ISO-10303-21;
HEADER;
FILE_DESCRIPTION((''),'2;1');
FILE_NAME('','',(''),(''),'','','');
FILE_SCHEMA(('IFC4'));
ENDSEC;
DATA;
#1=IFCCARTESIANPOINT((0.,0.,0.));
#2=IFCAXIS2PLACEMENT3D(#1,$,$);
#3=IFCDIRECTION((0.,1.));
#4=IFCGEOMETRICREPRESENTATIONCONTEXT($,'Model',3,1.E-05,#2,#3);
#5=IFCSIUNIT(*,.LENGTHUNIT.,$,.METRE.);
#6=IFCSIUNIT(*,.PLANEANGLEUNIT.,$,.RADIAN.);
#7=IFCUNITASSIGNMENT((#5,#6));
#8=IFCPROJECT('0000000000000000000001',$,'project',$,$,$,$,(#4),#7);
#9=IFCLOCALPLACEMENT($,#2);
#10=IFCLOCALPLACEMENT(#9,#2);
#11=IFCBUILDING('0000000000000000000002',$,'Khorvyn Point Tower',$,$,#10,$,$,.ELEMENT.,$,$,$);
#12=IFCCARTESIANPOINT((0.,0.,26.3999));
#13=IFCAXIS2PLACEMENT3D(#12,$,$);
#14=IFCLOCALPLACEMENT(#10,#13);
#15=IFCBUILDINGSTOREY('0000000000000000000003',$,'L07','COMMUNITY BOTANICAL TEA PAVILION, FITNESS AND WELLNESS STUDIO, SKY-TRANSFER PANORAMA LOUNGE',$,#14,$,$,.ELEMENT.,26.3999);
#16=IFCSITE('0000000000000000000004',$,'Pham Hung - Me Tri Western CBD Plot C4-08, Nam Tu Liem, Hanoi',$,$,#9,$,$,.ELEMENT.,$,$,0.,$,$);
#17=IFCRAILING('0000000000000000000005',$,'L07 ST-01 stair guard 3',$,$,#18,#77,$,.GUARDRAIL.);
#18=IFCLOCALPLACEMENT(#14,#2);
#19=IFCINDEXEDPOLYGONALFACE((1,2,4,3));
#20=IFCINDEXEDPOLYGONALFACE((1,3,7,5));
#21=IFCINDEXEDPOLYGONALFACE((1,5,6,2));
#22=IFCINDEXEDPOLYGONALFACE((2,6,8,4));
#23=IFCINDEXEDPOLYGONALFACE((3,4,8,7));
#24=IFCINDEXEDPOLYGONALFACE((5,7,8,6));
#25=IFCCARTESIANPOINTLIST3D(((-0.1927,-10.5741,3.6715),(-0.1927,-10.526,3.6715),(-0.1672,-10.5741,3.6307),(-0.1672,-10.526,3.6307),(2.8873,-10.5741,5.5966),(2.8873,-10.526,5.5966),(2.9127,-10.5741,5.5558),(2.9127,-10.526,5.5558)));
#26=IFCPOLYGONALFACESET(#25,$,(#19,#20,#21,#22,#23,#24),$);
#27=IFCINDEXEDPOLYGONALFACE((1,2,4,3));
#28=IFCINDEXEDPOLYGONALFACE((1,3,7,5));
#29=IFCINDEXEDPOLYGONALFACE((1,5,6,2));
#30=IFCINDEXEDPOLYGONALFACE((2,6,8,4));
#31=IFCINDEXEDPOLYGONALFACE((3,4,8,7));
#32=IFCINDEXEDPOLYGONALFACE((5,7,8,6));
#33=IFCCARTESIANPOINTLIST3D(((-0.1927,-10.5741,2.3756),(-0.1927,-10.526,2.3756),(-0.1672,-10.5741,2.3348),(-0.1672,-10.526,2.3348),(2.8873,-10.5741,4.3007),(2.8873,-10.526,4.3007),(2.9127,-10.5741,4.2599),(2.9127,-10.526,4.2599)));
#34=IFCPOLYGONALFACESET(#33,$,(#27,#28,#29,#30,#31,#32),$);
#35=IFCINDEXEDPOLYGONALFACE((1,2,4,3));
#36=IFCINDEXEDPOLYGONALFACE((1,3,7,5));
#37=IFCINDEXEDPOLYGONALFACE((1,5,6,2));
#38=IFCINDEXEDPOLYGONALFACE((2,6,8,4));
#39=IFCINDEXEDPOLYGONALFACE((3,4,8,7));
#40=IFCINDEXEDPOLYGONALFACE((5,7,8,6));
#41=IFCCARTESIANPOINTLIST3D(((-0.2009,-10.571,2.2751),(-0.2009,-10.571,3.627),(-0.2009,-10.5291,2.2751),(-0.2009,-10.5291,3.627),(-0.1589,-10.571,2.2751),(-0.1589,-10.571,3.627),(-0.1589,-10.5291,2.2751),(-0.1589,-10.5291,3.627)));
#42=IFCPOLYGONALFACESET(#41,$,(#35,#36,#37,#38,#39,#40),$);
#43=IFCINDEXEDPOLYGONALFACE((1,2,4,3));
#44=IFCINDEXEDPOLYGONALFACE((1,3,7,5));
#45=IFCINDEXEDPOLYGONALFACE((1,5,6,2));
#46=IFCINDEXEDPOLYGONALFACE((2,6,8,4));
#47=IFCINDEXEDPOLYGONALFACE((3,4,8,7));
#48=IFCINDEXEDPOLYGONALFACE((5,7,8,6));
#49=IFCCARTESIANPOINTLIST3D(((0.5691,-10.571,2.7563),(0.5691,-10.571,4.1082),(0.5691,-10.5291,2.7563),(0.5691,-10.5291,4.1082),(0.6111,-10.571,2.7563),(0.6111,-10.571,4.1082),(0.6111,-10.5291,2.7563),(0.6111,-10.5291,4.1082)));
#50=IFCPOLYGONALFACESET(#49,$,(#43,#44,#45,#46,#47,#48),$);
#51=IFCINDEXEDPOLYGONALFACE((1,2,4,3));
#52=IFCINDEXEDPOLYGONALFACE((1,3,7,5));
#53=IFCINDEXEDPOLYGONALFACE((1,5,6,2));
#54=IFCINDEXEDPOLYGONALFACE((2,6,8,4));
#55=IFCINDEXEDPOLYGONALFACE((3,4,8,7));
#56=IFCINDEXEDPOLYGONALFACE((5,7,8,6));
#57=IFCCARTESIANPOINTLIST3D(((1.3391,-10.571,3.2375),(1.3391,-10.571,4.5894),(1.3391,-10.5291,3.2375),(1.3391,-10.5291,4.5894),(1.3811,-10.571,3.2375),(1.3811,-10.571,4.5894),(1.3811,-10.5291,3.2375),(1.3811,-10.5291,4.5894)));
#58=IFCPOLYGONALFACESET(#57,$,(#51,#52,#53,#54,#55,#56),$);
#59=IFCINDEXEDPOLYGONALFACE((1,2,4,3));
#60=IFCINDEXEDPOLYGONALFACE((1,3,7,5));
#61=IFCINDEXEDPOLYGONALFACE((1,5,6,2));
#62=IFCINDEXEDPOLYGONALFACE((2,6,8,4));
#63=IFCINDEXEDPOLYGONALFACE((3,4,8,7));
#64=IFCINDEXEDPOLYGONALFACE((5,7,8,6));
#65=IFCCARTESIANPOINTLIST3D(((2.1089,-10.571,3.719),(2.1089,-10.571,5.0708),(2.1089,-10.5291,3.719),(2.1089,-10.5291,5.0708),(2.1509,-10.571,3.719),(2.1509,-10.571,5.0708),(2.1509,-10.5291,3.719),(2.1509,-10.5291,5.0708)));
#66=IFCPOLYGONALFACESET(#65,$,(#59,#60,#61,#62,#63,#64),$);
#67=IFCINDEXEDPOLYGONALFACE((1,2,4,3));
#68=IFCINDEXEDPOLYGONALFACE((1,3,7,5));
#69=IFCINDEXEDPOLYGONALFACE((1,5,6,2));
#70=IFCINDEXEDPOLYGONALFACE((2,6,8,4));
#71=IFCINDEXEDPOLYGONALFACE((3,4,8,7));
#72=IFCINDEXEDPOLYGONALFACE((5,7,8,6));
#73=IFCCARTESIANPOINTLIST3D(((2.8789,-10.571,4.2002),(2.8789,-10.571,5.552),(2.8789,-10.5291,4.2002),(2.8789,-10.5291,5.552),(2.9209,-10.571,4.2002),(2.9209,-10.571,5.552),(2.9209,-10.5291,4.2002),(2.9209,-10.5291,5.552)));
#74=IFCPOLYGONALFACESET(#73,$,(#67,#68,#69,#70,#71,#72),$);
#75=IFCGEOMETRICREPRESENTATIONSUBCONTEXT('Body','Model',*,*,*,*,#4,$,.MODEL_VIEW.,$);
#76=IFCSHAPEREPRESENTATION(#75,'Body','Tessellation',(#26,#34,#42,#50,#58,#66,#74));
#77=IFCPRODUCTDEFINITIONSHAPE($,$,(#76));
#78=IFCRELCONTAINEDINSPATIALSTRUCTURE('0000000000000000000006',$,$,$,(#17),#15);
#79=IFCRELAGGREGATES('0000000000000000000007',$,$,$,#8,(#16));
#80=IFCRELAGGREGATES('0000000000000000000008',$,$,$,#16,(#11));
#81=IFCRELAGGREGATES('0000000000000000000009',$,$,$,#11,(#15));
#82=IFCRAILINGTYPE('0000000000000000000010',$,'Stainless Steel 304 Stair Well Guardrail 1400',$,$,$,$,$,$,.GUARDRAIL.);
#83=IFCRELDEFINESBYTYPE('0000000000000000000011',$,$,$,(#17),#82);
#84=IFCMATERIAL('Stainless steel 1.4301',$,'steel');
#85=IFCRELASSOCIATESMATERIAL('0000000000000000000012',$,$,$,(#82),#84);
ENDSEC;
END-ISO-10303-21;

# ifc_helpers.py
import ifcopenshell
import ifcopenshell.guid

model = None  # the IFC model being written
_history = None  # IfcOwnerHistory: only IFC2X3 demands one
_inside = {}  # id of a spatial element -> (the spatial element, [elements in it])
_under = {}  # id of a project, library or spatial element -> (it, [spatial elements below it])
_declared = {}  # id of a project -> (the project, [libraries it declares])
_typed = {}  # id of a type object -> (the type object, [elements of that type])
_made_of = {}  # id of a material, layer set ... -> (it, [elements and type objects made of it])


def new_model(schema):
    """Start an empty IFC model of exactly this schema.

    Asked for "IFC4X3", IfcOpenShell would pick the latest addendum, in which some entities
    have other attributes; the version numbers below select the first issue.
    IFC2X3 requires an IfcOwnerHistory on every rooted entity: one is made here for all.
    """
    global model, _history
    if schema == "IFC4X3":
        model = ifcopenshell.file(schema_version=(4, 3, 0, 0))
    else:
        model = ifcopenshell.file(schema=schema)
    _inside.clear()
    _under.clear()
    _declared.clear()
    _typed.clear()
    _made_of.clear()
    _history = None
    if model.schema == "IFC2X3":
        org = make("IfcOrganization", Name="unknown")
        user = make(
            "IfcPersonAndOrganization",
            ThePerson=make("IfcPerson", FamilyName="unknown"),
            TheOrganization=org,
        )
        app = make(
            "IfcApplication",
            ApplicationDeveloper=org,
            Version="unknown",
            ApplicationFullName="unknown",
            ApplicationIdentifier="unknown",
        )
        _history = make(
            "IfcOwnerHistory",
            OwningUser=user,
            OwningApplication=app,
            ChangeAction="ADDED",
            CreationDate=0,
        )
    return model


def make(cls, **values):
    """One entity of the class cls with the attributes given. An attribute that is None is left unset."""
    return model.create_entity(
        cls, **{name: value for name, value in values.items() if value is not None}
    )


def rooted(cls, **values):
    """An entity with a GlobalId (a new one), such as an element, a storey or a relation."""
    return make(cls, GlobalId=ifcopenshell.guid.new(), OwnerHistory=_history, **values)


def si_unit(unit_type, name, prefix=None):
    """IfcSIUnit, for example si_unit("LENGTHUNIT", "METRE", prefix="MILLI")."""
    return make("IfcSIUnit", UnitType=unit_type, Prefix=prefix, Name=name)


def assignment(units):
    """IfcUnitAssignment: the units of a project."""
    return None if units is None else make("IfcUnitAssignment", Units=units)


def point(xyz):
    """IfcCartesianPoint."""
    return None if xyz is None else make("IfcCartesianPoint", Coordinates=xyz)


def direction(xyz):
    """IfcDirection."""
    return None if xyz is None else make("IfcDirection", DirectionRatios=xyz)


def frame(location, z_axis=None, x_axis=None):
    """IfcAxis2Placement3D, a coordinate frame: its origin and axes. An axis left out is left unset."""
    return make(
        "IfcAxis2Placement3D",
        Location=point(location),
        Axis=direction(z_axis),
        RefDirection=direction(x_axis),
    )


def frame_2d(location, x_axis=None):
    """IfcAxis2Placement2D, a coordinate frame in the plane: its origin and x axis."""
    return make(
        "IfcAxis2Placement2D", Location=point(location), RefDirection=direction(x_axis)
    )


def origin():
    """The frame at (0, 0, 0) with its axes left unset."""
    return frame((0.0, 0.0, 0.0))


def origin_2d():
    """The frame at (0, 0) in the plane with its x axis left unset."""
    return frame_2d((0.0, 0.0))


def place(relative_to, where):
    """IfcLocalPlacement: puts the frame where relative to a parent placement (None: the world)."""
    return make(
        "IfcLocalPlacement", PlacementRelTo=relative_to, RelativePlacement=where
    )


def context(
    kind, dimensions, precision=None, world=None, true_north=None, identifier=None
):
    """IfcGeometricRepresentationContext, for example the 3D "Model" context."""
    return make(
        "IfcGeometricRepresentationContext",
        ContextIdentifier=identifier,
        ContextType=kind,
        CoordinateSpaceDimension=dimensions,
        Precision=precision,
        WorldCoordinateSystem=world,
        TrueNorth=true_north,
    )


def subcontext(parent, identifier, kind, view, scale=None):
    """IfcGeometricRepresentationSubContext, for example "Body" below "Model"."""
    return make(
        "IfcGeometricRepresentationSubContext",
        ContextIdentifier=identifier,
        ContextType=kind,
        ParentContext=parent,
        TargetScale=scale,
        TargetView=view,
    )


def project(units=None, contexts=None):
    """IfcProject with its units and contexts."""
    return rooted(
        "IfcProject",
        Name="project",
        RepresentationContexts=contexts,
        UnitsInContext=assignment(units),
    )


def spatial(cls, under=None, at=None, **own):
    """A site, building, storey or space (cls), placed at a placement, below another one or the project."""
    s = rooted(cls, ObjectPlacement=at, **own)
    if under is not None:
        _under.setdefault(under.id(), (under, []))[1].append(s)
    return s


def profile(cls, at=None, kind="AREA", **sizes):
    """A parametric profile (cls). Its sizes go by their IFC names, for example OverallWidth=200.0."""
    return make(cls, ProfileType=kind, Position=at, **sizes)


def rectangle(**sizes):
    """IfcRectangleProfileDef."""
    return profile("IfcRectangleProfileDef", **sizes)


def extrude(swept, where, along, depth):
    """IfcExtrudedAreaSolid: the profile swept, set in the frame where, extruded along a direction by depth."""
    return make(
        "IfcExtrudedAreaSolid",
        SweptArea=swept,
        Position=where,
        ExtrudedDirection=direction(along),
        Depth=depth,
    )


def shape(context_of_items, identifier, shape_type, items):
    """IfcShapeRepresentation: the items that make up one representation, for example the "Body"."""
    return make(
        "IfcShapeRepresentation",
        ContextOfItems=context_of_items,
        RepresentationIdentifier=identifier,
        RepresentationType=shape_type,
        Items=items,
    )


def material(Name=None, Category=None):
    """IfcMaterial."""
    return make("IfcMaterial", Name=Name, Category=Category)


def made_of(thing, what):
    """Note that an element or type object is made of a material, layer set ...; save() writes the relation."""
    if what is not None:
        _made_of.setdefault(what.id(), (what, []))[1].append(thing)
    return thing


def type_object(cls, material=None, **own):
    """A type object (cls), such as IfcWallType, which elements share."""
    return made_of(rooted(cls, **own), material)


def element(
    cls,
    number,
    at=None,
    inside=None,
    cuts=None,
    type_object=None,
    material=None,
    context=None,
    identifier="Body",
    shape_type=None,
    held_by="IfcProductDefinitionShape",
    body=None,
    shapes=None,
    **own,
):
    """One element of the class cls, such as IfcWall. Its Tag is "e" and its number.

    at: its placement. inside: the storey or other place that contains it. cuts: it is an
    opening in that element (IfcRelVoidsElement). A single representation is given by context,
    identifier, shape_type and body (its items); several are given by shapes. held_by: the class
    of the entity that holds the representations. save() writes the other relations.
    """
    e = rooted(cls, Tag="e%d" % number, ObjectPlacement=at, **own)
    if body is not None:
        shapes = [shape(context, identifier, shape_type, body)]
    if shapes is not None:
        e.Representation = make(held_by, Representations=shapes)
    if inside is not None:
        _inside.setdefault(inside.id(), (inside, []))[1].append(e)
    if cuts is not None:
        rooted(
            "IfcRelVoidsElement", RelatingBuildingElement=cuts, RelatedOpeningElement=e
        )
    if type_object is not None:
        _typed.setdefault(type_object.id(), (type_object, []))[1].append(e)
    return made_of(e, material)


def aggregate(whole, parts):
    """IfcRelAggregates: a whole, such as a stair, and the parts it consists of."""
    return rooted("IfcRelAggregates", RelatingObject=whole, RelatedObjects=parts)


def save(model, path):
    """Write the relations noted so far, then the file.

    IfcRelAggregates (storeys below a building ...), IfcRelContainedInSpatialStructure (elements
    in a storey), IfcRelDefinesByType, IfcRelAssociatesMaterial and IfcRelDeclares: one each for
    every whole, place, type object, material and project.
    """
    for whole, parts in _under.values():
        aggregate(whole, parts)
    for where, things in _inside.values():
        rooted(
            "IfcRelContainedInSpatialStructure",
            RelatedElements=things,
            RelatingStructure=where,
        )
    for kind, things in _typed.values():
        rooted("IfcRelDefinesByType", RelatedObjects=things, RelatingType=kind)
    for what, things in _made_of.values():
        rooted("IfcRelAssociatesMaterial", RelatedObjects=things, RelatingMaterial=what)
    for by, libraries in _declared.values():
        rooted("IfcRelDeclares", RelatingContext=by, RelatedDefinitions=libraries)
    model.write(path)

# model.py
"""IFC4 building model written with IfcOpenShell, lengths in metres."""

from ifc_helpers import new_model, si_unit, direction, frame, origin, origin_2d, place, context, subcontext, project, spatial, rectangle, extrude, material, type_object, element, save


model = new_model("IFC4")

# Units and contexts
model_context = context("Model", 3, precision=1e-05, world=origin(), true_north=direction((0.0, 1.0)))
body_context = subcontext(model_context, "Body", "Model", "MODEL_VIEW")
ifc_project = project(units=[si_unit("LENGTHUNIT", "METRE"), si_unit("PLANEANGLEUNIT", "RADIAN")], contexts=[model_context])

# Site, building, storey
site_placement = place(None, origin())
site = spatial("IfcSite", under=ifc_project, at=site_placement, Name="Pham Hung - Me Tri Western CBD Plot C4-08, Nam Tu Liem, Hanoi", CompositionType="ELEMENT", RefElevation=0.0)
building_placement = place(site_placement, origin())
building = spatial("IfcBuilding", under=site, at=building_placement, Name="Khorvyn Point Tower", CompositionType="ELEMENT")
storey_placement = place(building_placement, frame((0.0, 0.0, 26.3999)))
storey = spatial("IfcBuildingStorey", under=building, at=storey_placement, Name="L07", Description="COMMUNITY BOTANICAL TEA PAVILION, FITNESS AND WELLNESS STUDIO, SKY-TRANSFER PANORAMA LOUNGE", CompositionType="ELEMENT", Elevation=26.3999)

# Railing
ifc_material_1 = material(Name="Stainless steel 1.4301", Category="steel")
railing_type_1 = type_object("IfcRailingType", Name="Stainless Steel 304 Stair Well Guardrail 1400", PredefinedType="GUARDRAIL", material=ifc_material_1)
railing_1_placement = place(storey_placement, frame((-0.1799, -10.55, 2.2751)))
element("IfcRailing", 1, at=railing_1_placement, inside=storey, type_object=railing_type_1, Name="L07 ST-01 stair guard 3", PredefinedType="GUARDRAIL", context=body_context, shape_type="SweptSolid", body=[
    extrude(rectangle(XDim=0.0481, YDim=0.0481, at=origin_2d()), frame((0.0, 0.0, 1.376), z_axis=(0.847979, 0.0, 0.530029), x_axis=(0.0, 1.0, 0.0)), (0.0, 0.0, 1.0), 3.6321),
    extrude(rectangle(XDim=0.0481, YDim=0.0481, at=origin_2d()), frame((0.0, 0.0, 0.0801), z_axis=(0.847979, 0.0, 0.530029), x_axis=(0.0, 1.0, 0.0)), (0.0, 0.0, 1.0), 3.6321),
    extrude(rectangle(XDim=0.042, YDim=0.042, at=origin_2d()), origin(), (0.0, 0.0, 1.0), 1.3518),
    extrude(rectangle(XDim=0.042, YDim=0.042, at=origin_2d()), frame((0.77, 0.0, 0.4812)), (0.0, 0.0, 1.0), 1.3518),
    extrude(rectangle(XDim=0.042, YDim=0.042, at=origin_2d()), frame((1.54, 0.0, 0.9624)), (0.0, 0.0, 1.0), 1.3518),
    extrude(rectangle(XDim=0.042, YDim=0.042, at=origin_2d()), frame((2.3098, 0.0, 1.4438)), (0.0, 0.0, 1.0), 1.3518),
    extrude(rectangle(XDim=0.042, YDim=0.042, at=origin_2d()), frame((3.0798, 0.0, 1.925)), (0.0, 0.0, 1.0), 1.3518),
])

save(model, "model.ifc")
